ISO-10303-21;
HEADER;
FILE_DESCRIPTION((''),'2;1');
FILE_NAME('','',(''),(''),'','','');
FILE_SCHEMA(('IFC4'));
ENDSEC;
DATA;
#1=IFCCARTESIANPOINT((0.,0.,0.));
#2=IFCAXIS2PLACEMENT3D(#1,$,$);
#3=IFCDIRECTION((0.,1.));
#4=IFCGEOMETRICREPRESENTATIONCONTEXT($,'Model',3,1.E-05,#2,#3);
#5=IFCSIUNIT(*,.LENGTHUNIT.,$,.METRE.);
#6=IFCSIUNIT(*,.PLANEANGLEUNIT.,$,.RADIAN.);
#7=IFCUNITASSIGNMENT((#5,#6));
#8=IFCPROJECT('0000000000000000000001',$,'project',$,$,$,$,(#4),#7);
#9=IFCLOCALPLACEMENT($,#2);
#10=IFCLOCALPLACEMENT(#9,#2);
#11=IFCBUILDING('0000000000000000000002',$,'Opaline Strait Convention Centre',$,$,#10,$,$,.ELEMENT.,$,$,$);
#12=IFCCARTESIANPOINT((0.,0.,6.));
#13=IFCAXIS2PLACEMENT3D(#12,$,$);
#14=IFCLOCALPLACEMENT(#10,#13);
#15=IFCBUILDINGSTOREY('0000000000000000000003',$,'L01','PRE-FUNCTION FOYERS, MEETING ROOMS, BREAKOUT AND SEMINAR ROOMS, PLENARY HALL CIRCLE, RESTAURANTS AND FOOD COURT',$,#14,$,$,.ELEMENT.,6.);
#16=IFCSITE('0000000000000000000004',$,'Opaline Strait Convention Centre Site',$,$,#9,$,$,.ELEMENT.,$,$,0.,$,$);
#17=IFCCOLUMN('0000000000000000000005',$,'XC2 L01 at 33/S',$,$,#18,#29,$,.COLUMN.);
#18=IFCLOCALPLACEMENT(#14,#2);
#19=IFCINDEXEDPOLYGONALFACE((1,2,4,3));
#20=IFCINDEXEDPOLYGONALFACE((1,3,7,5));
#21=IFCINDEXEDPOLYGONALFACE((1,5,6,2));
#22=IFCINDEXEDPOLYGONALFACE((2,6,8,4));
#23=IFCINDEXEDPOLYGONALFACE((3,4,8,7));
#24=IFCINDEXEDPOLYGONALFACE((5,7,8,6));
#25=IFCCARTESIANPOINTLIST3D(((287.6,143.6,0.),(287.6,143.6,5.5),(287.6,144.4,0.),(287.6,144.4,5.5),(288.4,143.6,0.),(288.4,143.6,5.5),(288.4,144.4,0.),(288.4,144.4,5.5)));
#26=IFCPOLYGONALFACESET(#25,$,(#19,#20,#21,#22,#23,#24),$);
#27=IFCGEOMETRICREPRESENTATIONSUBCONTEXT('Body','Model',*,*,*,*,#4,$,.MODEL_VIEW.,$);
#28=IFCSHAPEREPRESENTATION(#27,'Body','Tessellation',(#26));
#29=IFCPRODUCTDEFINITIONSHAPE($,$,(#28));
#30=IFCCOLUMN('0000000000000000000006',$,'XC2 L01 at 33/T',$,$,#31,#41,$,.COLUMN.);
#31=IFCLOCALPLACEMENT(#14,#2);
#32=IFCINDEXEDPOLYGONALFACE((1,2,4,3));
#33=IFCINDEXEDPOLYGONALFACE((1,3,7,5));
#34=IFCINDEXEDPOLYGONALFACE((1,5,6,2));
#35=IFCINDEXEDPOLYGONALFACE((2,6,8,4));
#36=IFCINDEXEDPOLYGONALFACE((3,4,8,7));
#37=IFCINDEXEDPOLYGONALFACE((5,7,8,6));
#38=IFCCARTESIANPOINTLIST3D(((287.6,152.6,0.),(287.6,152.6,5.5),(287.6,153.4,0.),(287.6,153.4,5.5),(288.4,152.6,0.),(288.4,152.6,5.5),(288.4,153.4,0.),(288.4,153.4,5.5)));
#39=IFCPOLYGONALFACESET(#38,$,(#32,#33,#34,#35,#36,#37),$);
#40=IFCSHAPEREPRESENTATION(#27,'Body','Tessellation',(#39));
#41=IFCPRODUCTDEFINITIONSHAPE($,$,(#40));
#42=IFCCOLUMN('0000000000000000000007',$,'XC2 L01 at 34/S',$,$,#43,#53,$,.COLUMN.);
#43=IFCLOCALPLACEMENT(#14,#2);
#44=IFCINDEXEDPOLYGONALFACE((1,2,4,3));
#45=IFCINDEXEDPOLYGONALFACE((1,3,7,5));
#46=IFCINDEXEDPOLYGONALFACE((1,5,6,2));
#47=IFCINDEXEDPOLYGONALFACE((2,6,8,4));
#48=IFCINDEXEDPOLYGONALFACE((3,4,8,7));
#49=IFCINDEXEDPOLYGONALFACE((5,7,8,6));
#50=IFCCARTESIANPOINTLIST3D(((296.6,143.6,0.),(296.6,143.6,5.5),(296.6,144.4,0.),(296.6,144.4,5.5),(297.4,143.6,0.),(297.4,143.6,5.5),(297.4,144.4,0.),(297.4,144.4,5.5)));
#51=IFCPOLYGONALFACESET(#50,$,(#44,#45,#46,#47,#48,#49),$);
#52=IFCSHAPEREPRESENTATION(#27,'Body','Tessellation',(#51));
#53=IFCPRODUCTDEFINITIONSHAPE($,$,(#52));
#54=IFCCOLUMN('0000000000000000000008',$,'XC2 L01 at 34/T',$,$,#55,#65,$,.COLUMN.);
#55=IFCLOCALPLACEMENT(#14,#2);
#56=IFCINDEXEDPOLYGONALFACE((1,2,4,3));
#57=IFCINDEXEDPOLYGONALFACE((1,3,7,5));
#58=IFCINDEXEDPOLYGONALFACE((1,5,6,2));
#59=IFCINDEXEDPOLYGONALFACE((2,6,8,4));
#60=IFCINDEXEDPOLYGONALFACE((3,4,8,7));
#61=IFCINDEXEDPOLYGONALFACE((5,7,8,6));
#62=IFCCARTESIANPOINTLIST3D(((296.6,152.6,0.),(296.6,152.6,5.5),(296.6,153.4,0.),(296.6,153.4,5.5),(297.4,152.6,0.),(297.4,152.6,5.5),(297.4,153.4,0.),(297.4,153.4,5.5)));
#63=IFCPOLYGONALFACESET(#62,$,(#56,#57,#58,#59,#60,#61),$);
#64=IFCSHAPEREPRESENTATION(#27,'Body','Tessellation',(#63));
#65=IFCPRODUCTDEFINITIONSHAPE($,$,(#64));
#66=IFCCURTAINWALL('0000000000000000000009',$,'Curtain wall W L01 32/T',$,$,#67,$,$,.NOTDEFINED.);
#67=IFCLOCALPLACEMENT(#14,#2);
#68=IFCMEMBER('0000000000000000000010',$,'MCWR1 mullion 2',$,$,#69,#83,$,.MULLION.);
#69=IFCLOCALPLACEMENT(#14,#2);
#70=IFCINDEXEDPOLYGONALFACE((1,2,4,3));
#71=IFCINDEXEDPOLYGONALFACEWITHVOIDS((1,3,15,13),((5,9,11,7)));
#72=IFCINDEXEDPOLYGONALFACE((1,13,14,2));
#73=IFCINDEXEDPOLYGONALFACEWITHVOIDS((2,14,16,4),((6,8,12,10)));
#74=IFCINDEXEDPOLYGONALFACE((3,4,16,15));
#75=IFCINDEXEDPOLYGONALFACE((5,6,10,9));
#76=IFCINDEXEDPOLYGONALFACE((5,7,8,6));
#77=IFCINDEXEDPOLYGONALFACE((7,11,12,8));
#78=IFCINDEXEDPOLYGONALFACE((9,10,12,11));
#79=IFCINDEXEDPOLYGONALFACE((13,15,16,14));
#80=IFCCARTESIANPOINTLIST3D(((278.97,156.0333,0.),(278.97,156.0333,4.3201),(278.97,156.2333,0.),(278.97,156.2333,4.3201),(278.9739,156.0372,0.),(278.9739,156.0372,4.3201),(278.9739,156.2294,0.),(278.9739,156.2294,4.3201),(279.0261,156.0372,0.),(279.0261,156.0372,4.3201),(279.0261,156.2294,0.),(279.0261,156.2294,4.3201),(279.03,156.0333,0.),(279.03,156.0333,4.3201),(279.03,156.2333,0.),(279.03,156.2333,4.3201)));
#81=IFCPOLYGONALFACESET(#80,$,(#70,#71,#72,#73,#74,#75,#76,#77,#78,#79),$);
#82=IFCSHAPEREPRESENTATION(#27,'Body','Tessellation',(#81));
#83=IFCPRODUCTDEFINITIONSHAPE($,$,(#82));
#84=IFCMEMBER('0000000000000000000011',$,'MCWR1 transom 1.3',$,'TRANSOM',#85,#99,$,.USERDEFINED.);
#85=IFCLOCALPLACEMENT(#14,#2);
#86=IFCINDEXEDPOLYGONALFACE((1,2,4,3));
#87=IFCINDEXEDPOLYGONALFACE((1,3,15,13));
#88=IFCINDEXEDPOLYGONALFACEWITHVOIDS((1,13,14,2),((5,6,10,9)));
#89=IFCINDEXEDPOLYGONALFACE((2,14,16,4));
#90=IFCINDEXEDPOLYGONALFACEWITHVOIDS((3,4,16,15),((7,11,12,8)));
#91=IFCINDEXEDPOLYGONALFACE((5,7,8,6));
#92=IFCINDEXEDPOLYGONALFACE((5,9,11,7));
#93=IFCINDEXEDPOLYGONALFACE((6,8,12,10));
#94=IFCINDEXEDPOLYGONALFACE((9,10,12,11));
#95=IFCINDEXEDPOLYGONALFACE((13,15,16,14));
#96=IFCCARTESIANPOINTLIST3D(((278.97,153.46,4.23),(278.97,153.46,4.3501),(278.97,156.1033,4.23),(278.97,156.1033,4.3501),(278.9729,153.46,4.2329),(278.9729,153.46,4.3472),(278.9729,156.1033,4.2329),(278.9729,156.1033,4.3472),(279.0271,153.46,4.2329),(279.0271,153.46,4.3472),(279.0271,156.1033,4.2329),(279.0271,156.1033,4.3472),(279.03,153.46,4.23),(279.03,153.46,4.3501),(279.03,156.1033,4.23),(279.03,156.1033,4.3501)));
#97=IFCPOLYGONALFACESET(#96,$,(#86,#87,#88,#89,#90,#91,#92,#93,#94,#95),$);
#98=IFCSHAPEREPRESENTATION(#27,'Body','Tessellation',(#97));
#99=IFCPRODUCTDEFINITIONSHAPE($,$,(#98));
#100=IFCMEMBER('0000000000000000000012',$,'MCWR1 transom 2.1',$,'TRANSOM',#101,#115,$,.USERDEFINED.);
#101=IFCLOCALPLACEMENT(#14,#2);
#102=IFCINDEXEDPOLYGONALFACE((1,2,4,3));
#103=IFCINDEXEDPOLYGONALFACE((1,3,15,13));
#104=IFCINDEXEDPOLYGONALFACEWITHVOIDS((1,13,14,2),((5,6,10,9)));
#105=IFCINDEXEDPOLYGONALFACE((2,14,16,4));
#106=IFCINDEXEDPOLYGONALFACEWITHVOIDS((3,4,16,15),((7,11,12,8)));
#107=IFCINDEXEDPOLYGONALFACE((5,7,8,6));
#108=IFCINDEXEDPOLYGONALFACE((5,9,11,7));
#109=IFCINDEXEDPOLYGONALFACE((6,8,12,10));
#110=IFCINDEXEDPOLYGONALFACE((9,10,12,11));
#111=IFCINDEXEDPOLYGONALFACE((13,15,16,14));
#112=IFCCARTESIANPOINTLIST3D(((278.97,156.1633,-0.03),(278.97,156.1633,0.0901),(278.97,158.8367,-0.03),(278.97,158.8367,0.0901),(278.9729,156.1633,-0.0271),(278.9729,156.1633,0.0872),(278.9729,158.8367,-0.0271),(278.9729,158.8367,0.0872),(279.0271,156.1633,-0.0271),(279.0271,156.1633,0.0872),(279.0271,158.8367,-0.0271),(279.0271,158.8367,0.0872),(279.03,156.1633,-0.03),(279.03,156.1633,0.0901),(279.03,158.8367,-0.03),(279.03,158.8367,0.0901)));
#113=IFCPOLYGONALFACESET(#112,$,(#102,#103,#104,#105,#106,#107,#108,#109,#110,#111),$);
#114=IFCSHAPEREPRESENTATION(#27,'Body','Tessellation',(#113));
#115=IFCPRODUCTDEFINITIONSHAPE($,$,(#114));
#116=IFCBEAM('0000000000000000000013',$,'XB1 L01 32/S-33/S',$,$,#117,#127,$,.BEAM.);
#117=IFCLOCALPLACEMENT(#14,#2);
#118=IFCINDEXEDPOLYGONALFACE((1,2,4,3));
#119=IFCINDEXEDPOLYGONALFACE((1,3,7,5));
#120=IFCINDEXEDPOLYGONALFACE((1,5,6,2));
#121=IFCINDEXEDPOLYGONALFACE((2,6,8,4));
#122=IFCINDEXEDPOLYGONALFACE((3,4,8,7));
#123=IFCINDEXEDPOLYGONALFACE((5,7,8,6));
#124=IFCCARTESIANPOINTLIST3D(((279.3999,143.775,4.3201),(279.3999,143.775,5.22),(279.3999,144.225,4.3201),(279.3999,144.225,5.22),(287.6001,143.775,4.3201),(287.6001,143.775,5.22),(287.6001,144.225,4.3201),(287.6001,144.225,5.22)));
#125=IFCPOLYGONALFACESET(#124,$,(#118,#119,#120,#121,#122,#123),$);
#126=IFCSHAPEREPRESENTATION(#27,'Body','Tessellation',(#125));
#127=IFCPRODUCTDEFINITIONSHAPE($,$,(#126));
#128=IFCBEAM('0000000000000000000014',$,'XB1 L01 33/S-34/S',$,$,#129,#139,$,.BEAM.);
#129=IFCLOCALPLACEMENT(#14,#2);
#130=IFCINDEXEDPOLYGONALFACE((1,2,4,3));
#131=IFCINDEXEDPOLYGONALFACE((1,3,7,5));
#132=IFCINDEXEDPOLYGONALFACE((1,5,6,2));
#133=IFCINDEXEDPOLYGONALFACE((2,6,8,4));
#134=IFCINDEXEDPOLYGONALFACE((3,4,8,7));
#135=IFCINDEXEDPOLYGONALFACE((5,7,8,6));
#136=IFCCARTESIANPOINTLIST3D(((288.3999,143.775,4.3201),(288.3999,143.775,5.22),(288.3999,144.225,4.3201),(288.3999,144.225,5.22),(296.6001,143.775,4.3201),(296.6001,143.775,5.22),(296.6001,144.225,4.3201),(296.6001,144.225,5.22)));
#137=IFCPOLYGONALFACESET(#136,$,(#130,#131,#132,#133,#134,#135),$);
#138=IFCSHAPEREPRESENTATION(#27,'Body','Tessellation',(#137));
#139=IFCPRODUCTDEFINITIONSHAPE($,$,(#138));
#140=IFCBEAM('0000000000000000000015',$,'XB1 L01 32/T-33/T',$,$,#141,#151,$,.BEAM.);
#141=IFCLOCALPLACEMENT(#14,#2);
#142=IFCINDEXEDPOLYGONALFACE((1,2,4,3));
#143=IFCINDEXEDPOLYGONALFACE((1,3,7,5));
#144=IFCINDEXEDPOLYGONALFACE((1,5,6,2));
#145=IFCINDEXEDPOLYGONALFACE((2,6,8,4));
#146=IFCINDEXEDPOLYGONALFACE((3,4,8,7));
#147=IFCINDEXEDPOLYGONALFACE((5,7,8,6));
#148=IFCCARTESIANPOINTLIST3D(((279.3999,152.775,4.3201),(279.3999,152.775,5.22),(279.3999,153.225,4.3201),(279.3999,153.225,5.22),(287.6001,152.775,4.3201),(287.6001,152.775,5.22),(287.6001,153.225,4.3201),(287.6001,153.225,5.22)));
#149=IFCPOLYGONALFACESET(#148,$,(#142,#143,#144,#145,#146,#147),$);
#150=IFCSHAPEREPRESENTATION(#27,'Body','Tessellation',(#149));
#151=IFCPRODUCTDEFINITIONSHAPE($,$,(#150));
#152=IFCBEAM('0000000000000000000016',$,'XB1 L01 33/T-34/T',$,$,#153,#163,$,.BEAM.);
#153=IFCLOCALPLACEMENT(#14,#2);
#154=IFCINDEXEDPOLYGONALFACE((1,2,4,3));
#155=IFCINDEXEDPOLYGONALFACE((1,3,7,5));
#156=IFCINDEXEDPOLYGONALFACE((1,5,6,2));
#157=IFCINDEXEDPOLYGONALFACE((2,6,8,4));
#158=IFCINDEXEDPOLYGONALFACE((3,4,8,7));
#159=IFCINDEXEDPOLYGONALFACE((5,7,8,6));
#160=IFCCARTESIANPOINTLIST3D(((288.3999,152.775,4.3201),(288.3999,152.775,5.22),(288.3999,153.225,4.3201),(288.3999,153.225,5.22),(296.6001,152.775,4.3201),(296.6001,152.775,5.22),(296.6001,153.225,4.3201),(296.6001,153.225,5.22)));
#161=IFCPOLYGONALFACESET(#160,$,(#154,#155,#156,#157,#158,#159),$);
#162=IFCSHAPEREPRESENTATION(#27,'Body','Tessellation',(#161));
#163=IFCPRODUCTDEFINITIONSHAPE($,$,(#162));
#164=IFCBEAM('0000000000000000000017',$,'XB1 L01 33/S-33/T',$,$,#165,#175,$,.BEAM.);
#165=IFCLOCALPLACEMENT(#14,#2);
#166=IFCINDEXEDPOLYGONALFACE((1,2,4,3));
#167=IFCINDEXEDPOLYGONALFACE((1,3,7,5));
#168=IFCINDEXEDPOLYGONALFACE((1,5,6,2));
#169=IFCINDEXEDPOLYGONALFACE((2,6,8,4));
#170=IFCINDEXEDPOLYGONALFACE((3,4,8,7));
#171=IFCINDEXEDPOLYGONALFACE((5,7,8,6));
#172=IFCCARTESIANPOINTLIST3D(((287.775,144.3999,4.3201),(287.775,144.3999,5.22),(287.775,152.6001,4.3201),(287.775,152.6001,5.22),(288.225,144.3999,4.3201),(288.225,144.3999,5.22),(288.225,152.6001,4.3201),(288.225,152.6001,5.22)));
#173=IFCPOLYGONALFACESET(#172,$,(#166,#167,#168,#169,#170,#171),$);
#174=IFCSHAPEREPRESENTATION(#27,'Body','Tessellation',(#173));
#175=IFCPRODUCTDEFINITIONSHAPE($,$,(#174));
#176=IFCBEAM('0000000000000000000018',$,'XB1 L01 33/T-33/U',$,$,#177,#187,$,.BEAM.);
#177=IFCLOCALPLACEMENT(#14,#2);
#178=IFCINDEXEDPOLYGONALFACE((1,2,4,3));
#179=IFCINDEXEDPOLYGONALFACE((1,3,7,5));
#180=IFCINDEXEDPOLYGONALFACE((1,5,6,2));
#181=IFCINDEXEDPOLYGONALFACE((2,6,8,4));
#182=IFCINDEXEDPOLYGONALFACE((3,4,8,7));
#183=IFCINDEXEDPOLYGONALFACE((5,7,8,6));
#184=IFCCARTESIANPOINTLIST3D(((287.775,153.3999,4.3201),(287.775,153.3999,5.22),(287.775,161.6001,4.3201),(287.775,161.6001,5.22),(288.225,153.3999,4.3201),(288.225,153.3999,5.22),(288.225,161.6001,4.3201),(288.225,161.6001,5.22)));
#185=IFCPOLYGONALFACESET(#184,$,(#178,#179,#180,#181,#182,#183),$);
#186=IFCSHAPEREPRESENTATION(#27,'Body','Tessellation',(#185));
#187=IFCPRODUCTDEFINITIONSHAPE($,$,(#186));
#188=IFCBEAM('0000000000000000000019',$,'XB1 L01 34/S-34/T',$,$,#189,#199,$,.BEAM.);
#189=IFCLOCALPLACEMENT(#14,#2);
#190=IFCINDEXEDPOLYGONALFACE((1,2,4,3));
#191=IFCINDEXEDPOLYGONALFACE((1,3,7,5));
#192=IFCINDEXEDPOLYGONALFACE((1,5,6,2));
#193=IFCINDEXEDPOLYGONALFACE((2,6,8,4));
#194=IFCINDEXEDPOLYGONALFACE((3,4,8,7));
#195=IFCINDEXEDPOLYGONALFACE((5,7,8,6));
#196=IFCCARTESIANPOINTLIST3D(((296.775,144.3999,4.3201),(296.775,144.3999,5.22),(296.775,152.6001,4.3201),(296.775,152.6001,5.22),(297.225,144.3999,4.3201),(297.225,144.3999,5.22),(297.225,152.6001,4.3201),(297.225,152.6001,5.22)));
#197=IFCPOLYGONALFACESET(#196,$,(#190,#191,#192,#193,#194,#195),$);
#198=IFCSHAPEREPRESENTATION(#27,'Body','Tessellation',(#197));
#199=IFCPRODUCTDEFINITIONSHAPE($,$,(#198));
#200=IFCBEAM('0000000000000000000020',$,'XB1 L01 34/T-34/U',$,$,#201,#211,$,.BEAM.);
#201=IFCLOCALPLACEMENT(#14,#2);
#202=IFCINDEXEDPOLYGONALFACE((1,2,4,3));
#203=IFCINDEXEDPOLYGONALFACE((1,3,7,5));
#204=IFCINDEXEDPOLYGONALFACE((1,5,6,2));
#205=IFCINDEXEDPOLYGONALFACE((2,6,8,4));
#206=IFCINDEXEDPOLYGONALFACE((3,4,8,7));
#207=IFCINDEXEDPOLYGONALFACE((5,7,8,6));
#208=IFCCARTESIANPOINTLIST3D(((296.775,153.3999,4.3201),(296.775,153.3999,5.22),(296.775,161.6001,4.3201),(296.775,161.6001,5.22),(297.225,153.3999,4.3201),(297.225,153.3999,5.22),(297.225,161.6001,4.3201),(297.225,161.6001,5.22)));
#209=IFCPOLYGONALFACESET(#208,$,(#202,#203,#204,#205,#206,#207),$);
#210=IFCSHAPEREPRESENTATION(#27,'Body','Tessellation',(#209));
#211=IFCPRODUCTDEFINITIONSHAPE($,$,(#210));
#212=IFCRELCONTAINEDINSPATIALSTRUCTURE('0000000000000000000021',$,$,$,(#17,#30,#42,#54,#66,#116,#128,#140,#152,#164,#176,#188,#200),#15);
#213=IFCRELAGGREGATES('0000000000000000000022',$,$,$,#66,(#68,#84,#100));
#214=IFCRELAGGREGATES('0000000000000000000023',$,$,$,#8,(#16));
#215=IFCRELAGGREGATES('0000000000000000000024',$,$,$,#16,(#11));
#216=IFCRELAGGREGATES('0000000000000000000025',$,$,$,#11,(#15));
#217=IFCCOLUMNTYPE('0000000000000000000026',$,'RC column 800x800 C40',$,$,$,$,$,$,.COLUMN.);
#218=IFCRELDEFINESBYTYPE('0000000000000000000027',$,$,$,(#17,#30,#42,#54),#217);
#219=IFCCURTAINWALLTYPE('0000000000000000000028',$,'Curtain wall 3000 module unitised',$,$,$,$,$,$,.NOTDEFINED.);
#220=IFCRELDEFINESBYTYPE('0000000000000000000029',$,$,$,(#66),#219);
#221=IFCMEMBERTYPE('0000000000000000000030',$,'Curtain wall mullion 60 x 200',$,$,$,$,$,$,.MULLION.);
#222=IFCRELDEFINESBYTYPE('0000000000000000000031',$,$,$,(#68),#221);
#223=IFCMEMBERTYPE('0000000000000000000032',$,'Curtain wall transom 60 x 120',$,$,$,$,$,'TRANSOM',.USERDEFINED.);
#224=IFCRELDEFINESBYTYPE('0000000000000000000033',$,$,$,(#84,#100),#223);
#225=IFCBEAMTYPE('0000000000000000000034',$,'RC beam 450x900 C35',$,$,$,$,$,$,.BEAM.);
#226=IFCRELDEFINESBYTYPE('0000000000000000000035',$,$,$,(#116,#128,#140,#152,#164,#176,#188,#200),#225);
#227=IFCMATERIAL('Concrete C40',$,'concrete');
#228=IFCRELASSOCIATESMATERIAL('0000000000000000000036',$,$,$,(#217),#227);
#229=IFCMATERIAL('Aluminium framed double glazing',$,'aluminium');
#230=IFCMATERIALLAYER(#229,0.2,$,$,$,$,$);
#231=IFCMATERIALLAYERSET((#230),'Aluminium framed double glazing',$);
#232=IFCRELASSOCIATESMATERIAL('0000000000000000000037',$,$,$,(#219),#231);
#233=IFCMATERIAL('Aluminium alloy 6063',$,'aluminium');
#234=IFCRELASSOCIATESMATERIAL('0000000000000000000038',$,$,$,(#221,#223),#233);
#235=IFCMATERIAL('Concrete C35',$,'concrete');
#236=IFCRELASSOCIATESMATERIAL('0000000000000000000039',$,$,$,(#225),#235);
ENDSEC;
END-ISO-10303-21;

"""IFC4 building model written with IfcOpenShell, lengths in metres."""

from ifc_helpers import new_model, si_unit, direction, frame, origin, origin_2d, place, context, subcontext, project, spatial, rectangle, hollow_rectangle, extrude, material, layer, layer_set, material_profile, profile_set, type_object, element, aggregate, save


model = new_model("IFC4")

# Units and contexts
model_context = context("Model", 3, precision=1e-05, world=origin(), true_north=direction((0.0, 1.0)))
body_context = subcontext(model_context, "Body", "Model", "MODEL_VIEW")
ifc_project = project(units=[si_unit("LENGTHUNIT", "METRE"), si_unit("PLANEANGLEUNIT", "RADIAN")], contexts=[model_context])

# Site, building, storey
site_placement = place(None, origin())
site = spatial("IfcSite", under=ifc_project, at=site_placement, Name="Opaline Strait Convention Centre Site", CompositionType="ELEMENT", RefElevation=0.0)
building_placement = place(site_placement, origin())
building = spatial("IfcBuilding", under=site, at=building_placement, Name="Opaline Strait Convention Centre", CompositionType="ELEMENT")
storey_placement = place(building_placement, frame((0.0, 0.0, 6.0)))
storey = spatial("IfcBuildingStorey", under=building, at=storey_placement, Name="L01", Description="PRE-FUNCTION FOYERS, MEETING ROOMS, BREAKOUT AND SEMINAR ROOMS, PLENARY HALL CIRCLE, RESTAURANTS AND FOOD COURT", CompositionType="ELEMENT", Elevation=6.0)

# Columns
ifc_material_1 = material(Name="Concrete C40", Category="concrete")
ifc_material_profile_1 = material_profile(ifc_material_1, rectangle(XDim=0.8, YDim=0.8, at=origin_2d()), Name="RC 800x800")
ifc_profile_set_1 = profile_set([ifc_material_profile_1], Name="Concrete C40")
column_type = type_object("IfcColumnType", Name="RC column 800x800 C40", PredefinedType="COLUMN", material=ifc_profile_set_1)
for number, where, z_axis, x_axis, name in (
    (1, (288.0, 144.0, 0.0), (0.0, 0.0, 1.0), (1.0, 0.0, 0.0), "XC2 L01 at 33/S"),
    (2, (288.0, 153.0, 0.0), (0.0, 0.0, 1.0), (1.0, 0.0, 0.0), "XC2 L01 at 33/T"),
    (3, (297.0, 144.0, 0.0), (0.0, 0.0, 1.0), (1.0, 0.0, 0.0), "XC2 L01 at 34/S"),
    (4, (297.0, 153.0, 0.0), (0.0, 0.0, 1.0), (1.0, 0.0, 0.0), "XC2 L01 at 34/T"),
):
    element("IfcColumn", number, at=place(storey_placement, frame(where, z_axis=z_axis, x_axis=x_axis)), inside=storey, type_object=column_type, Name=name, PredefinedType="COLUMN", context=body_context, shape_type="SweptSolid", body=[
        extrude(rectangle(XDim=0.8, YDim=0.8, at=origin_2d()), origin(), (0.0, 0.0, 1.0), 5.5),
    ])

# Curtain wall, members
ifc_material_2 = material(Name="Aluminium framed double glazing", Category="aluminium")
ifc_layer_1 = layer(ifc_material_2, 0.2)
ifc_layer_set_1 = layer_set([ifc_layer_1], Name="Aluminium framed double glazing")
curtain_wall_type = type_object("IfcCurtainWallType", Name="Curtain wall 3000 module unitised", PredefinedType="NOTDEFINED", material=ifc_layer_set_1)
curtain_wall_placement = place(storey_placement, origin())
curtain_wall = element("IfcCurtainWall", 5, at=curtain_wall_placement, inside=storey, type_object=curtain_wall_type, Name="Curtain wall W L01 32/T", PredefinedType="NOTDEFINED")
ifc_material_3 = material(Name="Aluminium alloy 6063", Category="aluminium")
ifc_material_profile_2 = material_profile(ifc_material_3, hollow_rectangle(XDim=0.0601, YDim=0.2, WallThickness=0.0039, at=origin_2d()), Name="MULLION 60x200x4")
ifc_profile_set_2 = profile_set([ifc_material_profile_2], Name="Aluminium alloy 6063")
member_type_1 = type_object("IfcMemberType", Name="Curtain wall mullion 60 x 200", PredefinedType="MULLION", material=ifc_profile_set_2)
member_1_placement = place(storey_placement, frame((279.0, 156.1333, 0.0), z_axis=(0.0, 0.0, 1.0), x_axis=(-1.0, 0.0, 0.0)))
member_1 = element("IfcMember", 6, at=member_1_placement, type_object=member_type_1, Name="MCWR1 mullion 2", PredefinedType="MULLION", context=body_context, shape_type="SweptSolid", body=[
    extrude(hollow_rectangle(XDim=0.0601, YDim=0.2, WallThickness=0.0039, at=origin_2d()), origin(), (0.0, 0.0, 1.0), 4.3201),
])
ifc_material_profile_3 = material_profile(ifc_material_3, hollow_rectangle(XDim=0.0601, YDim=0.1201, WallThickness=0.0029, at=origin_2d()), Name="TRANSOM 60x120x3")
ifc_profile_set_3 = profile_set([ifc_material_profile_3], Name="Aluminium alloy 6063")
member_type_2 = type_object("IfcMemberType", Name="Curtain wall transom 60 x 120", ElementType="TRANSOM", PredefinedType="USERDEFINED", material=ifc_profile_set_3)
member_2_placement = place(storey_placement, frame((279.0, 153.46, 4.29), z_axis=(0.0, 1.0, 0.0), x_axis=(-1.0, 0.0, 0.0)))
member_2 = element("IfcMember", 7, at=member_2_placement, type_object=member_type_2, Name="MCWR1 transom 1.3", ObjectType="TRANSOM", PredefinedType="USERDEFINED", context=body_context, shape_type="SweptSolid", body=[
    extrude(hollow_rectangle(XDim=0.0601, YDim=0.1201, WallThickness=0.0029, at=origin_2d()), origin(), (0.0, 0.0, 1.0), 2.6433),
])
member_3_placement = place(storey_placement, frame((279.0, 156.1633, 0.03), z_axis=(0.0, 1.0, 0.0), x_axis=(-1.0, 0.0, 0.0)))
member_3 = element("IfcMember", 8, at=member_3_placement, type_object=member_type_2, Name="MCWR1 transom 2.1", ObjectType="TRANSOM", PredefinedType="USERDEFINED", context=body_context, shape_type="SweptSolid", body=[
    extrude(hollow_rectangle(XDim=0.0601, YDim=0.1201, WallThickness=0.0029, at=origin_2d()), origin(), (0.0, 0.0, 1.0), 2.6733),
])

# Beams
ifc_material_4 = material(Name="Concrete C35", Category="concrete")
ifc_material_profile_4 = material_profile(ifc_material_4, rectangle(XDim=0.45, YDim=0.8999, at=origin_2d()), Name="RC 450x900")
ifc_profile_set_4 = profile_set([ifc_material_profile_4], Name="Concrete C35")
beam_type = type_object("IfcBeamType", Name="RC beam 450x900 C35", PredefinedType="BEAM", material=ifc_profile_set_4)
for number, where, z_axis, x_axis, name in (
    (9, (279.3999, 144.0, 4.77), (1.0, 0.0, 0.0), (0.0, 1.0, 0.0), "XB1 L01 32/S-33/S"),
    (10, (288.3999, 144.0, 4.77), (1.0, 0.0, 0.0), (0.0, 1.0, 0.0), "XB1 L01 33/S-34/S"),
    (11, (279.3999, 153.0, 4.77), (1.0, 0.0, 0.0), (0.0, 1.0, 0.0), "XB1 L01 32/T-33/T"),
    (12, (288.3999, 153.0, 4.77), (1.0, 0.0, 0.0), (0.0, 1.0, 0.0), "XB1 L01 33/T-34/T"),
    (13, (288.0, 144.3999, 4.77), (0.0, 1.0, 0.0), (-1.0, 0.0, 0.0), "XB1 L01 33/S-33/T"),
    (14, (288.0, 153.3999, 4.77), (0.0, 1.0, 0.0), (-1.0, 0.0, 0.0), "XB1 L01 33/T-33/U"),
    (15, (297.0, 144.3999, 4.77), (0.0, 1.0, 0.0), (-1.0, 0.0, 0.0), "XB1 L01 34/S-34/T"),
    (16, (297.0, 153.3999, 4.77), (0.0, 1.0, 0.0), (-1.0, 0.0, 0.0), "XB1 L01 34/T-34/U"),
):
    element("IfcBeam", number, at=place(storey_placement, frame(where, z_axis=z_axis, x_axis=x_axis)), inside=storey, type_object=beam_type, Name=name, PredefinedType="BEAM", context=body_context, shape_type="SweptSolid", body=[
        extrude(rectangle(XDim=0.45, YDim=0.8999, at=origin_2d()), origin(), (0.0, 0.0, 1.0), 8.2002),
    ])

aggregate(curtain_wall, [member_1, member_2, member_3])

save(model, "model.ifc")
